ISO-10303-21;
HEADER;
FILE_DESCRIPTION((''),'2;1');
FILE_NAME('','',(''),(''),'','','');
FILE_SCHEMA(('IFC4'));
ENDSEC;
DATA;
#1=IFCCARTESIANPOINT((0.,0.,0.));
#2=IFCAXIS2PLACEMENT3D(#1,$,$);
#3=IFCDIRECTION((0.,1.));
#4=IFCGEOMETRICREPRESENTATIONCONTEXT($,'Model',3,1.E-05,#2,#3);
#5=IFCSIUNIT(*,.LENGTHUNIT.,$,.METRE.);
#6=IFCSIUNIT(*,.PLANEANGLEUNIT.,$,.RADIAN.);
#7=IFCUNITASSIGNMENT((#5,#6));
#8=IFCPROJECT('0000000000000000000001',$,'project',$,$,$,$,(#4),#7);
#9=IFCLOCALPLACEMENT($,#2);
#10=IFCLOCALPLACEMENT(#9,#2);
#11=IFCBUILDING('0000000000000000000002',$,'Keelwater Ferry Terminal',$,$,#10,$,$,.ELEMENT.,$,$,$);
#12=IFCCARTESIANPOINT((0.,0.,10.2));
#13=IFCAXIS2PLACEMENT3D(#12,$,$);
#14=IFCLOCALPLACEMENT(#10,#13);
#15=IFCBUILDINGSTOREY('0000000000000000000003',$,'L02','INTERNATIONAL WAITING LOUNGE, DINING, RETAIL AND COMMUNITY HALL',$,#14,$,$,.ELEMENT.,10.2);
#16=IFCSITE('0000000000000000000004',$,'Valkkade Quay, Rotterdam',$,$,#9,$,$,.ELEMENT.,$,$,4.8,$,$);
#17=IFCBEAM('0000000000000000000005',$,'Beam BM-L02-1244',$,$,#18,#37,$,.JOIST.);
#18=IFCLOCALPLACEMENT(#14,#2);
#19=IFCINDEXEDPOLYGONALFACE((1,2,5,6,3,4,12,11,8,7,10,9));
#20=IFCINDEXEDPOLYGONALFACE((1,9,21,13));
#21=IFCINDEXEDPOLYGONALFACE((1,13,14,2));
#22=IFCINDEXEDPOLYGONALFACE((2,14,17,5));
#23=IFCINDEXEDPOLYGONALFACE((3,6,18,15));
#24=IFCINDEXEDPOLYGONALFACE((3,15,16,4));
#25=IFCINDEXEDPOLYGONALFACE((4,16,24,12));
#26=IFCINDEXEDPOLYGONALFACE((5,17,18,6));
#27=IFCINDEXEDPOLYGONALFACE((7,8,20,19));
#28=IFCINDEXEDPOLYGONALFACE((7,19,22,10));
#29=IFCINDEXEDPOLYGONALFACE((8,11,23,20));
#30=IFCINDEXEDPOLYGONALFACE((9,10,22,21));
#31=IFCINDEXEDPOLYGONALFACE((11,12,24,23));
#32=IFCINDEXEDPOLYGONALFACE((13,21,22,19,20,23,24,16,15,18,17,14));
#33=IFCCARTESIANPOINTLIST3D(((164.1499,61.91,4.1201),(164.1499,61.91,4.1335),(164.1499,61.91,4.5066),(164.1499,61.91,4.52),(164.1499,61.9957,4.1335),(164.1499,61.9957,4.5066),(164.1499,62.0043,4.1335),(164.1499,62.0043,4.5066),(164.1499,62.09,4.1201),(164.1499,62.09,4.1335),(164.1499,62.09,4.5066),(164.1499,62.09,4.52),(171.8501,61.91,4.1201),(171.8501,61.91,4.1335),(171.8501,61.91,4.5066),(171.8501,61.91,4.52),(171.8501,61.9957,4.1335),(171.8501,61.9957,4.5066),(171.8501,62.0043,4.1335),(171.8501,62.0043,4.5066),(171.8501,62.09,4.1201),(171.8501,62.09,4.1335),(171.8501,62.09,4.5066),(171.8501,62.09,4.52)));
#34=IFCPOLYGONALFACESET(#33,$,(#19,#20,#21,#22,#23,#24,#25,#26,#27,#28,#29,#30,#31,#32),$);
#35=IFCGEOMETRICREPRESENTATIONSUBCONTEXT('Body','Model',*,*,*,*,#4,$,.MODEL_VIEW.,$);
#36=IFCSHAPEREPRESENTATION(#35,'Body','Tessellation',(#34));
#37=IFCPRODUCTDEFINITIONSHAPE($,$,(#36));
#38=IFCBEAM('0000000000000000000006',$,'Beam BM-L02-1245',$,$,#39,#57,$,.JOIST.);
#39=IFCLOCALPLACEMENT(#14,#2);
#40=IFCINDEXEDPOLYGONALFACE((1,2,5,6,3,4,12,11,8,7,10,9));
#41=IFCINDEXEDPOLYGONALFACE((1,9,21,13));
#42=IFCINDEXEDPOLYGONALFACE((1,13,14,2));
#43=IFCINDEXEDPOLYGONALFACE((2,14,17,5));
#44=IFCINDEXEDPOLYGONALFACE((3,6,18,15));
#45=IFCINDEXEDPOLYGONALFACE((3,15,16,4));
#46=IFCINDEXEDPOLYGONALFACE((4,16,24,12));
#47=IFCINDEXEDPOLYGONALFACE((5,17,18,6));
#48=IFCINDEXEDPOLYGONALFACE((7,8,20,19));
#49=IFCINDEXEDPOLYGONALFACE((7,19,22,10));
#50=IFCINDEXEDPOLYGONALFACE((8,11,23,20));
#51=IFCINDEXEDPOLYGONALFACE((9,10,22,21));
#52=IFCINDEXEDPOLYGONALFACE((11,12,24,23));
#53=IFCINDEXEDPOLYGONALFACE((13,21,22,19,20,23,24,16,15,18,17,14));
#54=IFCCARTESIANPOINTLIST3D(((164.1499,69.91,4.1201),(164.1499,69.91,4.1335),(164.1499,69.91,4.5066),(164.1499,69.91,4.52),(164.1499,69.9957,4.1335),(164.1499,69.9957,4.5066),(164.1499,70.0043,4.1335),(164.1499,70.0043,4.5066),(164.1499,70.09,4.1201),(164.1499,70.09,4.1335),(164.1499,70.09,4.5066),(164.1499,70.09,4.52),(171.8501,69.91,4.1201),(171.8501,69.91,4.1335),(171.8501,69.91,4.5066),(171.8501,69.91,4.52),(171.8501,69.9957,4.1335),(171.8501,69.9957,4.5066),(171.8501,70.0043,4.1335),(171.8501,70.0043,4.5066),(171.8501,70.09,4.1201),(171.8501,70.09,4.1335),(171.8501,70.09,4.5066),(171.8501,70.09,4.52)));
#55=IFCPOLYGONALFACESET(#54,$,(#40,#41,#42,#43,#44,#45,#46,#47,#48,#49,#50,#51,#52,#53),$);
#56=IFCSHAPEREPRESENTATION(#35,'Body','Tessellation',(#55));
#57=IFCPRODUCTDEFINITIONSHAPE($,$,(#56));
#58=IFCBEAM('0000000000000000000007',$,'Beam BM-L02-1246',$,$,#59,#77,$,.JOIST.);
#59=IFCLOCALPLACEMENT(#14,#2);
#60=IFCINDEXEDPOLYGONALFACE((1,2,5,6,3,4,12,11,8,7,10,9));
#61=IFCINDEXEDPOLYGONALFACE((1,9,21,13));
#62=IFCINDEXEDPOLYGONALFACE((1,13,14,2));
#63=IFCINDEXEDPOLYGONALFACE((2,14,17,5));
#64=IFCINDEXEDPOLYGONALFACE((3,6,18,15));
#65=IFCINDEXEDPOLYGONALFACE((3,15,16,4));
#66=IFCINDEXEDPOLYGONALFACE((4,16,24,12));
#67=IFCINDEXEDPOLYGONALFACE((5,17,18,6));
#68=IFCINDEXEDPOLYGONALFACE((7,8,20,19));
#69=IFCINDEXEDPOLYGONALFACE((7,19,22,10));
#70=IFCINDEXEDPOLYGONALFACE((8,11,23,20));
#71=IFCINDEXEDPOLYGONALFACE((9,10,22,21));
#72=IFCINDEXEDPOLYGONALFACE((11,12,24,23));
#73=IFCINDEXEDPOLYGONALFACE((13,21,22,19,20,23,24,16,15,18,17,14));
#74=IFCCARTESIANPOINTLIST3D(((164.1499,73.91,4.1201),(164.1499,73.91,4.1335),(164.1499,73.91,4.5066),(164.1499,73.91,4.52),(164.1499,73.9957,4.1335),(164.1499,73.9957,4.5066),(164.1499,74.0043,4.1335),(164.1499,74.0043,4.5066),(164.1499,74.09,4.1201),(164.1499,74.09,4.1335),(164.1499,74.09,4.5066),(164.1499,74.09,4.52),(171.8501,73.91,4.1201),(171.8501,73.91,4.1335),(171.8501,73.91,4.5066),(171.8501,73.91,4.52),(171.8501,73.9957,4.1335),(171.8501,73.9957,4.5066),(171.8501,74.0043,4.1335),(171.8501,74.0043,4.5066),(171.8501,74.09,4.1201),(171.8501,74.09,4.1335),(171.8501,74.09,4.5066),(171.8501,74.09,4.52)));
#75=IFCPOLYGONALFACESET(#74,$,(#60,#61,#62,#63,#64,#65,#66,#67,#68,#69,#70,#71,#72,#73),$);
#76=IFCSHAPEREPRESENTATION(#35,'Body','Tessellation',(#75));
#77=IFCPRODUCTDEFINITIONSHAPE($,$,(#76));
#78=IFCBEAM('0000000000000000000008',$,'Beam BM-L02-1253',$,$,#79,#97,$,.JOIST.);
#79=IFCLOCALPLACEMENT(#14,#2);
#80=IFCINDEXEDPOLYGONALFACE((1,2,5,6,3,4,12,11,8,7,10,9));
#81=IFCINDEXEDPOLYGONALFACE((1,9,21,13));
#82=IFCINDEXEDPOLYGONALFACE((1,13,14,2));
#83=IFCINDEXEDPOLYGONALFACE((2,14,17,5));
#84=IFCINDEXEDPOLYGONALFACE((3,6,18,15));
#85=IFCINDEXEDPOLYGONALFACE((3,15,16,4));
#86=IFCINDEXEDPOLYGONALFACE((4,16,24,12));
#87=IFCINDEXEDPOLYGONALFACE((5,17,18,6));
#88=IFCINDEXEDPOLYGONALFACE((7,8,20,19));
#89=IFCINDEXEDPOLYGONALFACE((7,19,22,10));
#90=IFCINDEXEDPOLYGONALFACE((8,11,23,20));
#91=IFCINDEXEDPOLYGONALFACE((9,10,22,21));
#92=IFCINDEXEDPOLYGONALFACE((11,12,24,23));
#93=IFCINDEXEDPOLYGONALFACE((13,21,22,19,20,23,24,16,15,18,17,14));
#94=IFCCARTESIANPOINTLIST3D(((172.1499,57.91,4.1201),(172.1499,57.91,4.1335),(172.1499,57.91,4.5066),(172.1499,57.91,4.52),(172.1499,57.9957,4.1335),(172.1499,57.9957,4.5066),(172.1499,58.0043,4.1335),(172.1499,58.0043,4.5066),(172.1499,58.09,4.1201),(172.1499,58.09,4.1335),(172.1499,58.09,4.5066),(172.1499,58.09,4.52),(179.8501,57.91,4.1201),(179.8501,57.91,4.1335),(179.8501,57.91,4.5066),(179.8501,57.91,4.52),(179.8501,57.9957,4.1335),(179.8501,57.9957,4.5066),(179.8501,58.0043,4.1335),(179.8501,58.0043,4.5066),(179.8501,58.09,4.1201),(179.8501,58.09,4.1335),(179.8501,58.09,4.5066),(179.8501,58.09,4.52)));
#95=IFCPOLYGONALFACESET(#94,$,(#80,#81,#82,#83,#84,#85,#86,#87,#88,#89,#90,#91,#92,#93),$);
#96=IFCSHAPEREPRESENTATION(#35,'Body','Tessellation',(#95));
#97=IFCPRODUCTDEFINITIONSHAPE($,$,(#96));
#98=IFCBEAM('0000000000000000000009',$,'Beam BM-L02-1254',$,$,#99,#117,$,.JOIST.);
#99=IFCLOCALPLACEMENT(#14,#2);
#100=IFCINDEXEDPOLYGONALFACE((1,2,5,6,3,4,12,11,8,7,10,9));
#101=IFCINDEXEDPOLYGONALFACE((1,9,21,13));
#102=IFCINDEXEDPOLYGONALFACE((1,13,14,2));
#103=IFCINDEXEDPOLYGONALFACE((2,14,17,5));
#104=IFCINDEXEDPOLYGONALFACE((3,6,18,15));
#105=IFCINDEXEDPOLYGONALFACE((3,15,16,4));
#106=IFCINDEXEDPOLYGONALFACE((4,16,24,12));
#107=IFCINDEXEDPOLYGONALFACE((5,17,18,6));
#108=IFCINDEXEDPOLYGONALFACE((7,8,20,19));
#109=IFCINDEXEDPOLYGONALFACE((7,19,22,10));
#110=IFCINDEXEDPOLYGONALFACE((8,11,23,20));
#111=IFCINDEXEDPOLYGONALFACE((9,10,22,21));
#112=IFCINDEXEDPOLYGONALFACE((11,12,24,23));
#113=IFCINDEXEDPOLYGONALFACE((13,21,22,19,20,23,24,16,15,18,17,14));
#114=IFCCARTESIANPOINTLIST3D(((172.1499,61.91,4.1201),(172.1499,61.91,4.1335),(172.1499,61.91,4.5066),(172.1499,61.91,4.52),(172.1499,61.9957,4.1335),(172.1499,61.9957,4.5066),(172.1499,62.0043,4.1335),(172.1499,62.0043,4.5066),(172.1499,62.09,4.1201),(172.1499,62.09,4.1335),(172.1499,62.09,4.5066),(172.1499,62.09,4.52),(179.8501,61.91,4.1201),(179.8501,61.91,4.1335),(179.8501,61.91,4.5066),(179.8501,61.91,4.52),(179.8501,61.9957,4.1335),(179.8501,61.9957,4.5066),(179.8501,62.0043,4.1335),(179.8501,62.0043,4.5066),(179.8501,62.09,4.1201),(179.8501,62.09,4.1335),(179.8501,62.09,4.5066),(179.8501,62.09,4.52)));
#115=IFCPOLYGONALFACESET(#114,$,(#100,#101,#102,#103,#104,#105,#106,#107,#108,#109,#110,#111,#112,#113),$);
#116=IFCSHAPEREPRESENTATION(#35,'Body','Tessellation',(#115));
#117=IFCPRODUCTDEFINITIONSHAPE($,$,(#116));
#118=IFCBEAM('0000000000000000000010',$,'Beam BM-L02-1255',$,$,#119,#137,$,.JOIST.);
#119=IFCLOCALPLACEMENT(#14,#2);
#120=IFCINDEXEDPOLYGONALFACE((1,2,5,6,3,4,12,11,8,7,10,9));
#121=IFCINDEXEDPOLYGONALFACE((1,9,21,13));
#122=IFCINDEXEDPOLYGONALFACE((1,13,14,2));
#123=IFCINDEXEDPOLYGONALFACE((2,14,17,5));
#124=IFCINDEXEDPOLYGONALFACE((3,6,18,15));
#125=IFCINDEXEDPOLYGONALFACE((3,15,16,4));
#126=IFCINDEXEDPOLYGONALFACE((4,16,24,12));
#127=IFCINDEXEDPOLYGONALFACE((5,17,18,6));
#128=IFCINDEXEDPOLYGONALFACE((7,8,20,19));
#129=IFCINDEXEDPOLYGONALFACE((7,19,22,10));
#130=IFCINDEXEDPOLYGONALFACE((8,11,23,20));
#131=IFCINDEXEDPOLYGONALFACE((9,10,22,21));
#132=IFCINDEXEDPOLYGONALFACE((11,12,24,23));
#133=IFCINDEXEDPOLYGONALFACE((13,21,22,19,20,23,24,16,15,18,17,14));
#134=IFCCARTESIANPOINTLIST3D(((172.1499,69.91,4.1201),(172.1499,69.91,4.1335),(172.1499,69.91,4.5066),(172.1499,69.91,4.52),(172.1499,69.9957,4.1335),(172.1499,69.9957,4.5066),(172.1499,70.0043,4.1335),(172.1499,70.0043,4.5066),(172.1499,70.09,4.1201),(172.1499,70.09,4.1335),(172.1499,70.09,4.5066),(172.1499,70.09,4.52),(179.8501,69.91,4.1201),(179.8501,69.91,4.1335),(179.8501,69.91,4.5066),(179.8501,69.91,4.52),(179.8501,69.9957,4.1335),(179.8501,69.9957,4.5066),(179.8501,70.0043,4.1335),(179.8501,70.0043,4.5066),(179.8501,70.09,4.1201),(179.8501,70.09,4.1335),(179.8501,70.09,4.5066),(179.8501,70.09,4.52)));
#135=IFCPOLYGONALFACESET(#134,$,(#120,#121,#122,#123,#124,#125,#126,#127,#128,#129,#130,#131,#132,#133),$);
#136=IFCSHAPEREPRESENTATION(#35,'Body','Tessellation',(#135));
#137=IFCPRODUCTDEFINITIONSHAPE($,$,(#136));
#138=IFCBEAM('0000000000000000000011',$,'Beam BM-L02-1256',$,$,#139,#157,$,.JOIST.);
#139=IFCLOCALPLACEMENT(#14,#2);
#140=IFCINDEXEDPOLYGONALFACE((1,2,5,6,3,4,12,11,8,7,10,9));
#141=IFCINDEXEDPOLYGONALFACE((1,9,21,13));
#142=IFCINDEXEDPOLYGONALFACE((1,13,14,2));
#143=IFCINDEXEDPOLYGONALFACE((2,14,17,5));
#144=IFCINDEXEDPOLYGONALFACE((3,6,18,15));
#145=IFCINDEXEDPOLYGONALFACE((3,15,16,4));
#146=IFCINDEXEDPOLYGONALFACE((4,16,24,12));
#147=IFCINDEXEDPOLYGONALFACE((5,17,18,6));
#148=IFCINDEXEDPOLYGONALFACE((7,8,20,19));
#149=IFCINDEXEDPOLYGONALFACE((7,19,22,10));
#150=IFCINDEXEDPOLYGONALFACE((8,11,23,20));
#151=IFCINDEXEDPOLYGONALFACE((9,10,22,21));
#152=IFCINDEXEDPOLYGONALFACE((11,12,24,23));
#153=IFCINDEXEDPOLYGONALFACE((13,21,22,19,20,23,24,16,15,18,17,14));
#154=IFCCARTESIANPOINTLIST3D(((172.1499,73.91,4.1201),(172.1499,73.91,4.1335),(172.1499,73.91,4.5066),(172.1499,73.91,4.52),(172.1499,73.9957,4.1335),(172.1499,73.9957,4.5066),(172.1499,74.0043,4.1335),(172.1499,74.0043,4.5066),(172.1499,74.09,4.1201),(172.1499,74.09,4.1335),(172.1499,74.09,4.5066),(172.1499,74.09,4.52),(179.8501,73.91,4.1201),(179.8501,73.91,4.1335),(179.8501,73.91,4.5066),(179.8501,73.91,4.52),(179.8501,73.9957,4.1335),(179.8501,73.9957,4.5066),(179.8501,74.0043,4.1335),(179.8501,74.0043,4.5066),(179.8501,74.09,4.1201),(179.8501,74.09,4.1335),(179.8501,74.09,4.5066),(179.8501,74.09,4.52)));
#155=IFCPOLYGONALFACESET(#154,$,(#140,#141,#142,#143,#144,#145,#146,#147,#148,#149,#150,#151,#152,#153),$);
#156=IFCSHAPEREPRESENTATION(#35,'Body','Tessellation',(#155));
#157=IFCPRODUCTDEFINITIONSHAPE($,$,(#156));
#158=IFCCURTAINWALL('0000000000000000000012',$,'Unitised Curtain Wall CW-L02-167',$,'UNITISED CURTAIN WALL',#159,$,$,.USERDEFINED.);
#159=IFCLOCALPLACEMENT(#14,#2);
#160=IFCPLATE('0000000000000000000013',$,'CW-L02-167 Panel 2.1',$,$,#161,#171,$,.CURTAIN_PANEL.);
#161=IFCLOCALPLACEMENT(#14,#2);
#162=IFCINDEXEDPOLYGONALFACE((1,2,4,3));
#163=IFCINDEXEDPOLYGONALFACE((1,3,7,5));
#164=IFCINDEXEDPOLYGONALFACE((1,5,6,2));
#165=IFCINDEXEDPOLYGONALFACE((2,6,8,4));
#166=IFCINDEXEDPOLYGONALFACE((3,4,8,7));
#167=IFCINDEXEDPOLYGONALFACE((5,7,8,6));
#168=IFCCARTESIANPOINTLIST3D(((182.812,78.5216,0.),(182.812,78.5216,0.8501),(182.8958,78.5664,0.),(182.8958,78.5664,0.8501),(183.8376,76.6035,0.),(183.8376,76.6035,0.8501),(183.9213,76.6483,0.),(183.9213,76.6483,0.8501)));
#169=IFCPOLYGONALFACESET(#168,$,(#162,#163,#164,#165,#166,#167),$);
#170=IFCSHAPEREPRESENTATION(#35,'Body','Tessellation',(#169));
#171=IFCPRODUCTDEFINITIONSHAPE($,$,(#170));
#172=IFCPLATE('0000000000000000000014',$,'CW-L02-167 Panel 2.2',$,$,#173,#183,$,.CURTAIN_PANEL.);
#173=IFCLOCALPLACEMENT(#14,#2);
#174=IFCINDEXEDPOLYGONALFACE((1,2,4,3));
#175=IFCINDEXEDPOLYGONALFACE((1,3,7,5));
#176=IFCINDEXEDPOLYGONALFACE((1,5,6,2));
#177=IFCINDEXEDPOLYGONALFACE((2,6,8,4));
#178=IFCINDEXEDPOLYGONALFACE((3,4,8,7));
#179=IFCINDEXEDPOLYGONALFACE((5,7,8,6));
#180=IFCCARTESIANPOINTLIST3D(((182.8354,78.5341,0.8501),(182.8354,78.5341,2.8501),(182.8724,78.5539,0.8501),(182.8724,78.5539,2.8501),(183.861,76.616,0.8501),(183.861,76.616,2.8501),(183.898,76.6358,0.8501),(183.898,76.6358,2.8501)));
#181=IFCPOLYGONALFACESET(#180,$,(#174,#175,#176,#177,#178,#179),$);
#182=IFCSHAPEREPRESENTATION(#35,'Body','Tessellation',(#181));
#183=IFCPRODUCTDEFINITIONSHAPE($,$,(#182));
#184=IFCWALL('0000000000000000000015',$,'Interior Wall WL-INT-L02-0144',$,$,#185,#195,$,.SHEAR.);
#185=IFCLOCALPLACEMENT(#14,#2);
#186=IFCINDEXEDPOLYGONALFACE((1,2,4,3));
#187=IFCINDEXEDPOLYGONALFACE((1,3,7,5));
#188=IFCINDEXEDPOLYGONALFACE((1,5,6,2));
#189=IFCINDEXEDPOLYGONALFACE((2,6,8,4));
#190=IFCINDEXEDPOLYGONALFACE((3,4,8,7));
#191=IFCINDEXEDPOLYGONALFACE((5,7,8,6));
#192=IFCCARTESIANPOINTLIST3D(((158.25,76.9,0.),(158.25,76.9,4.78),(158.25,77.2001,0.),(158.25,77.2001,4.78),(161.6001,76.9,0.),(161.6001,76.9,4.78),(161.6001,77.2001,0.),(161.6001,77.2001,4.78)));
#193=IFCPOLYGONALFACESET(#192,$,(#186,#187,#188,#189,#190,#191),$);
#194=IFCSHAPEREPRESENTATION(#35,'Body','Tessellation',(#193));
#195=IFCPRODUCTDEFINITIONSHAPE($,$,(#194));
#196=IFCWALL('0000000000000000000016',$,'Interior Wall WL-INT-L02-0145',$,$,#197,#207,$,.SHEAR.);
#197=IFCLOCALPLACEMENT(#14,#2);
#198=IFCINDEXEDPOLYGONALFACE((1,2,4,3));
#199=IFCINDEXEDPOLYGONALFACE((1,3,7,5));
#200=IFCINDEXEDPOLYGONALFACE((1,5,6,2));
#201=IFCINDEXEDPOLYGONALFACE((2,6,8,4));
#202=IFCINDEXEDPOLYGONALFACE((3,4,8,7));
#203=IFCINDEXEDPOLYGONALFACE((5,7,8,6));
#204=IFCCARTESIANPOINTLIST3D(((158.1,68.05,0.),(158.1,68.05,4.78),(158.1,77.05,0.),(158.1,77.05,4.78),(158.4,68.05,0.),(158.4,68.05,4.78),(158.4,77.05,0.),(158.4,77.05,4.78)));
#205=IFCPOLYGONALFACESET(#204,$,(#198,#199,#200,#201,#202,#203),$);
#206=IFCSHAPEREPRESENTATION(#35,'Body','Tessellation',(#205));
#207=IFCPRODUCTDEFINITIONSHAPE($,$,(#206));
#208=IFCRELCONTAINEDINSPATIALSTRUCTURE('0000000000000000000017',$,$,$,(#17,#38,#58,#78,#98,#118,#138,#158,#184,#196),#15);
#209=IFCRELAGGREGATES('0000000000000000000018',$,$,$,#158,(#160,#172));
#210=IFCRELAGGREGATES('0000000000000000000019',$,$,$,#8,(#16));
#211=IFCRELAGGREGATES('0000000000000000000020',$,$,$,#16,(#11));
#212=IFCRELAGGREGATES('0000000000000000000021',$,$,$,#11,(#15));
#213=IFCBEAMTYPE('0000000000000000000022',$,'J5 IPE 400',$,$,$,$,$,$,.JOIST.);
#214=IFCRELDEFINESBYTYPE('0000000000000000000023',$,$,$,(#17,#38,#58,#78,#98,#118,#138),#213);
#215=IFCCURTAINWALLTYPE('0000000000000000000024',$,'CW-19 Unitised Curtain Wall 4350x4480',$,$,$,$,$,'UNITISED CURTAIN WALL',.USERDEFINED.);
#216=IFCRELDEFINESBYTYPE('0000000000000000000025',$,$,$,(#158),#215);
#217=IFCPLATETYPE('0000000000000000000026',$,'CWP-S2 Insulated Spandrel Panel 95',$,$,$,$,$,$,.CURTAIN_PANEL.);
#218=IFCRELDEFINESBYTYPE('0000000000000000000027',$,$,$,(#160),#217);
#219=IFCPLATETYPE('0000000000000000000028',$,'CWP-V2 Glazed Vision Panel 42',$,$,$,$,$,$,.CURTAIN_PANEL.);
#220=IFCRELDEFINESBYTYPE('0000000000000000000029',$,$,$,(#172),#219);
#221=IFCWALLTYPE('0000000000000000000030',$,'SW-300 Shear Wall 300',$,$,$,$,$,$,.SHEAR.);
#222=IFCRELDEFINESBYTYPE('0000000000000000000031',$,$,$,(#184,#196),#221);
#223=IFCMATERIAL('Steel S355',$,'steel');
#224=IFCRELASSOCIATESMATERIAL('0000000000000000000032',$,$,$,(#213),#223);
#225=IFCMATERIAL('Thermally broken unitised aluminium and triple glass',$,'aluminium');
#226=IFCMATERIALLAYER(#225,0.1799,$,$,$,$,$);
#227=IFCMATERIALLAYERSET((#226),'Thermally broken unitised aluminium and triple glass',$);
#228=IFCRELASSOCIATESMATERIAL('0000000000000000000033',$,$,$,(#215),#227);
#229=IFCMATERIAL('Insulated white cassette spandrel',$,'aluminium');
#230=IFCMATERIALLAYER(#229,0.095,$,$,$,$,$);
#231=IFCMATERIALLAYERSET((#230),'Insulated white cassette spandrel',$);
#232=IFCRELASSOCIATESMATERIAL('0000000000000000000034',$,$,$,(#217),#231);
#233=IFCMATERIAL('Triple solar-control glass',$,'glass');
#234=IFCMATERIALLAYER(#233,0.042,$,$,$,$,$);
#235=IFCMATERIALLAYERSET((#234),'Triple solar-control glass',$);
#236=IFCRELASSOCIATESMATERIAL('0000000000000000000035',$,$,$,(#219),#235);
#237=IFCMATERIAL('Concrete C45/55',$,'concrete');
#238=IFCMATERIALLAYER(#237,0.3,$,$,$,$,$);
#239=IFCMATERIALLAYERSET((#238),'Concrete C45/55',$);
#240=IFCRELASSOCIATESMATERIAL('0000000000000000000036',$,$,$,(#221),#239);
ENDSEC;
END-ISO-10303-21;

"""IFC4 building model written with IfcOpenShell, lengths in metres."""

from ifc_helpers import new_model, si_unit, direction, frame, frame_2d, origin, origin_2d, place, context, subcontext, project, spatial, rectangle, i_section, extrude, material, layer, layer_set, material_profile, profile_set, type_object, element, aggregate, save


model = new_model("IFC4")

# Units and contexts
model_context = context("Model", 3, precision=1e-05, world=origin(), true_north=direction((0.0, 1.0)))
body_context = subcontext(model_context, "Body", "Model", "MODEL_VIEW")
ifc_project = project(units=[si_unit("LENGTHUNIT", "METRE"), si_unit("PLANEANGLEUNIT", "RADIAN")], contexts=[model_context])

# Site, building, storey
site_placement = place(None, origin())
site = spatial("IfcSite", under=ifc_project, at=site_placement, Name="Valkkade Quay, Rotterdam", CompositionType="ELEMENT", RefElevation=4.8)
building_placement = place(site_placement, origin())
building = spatial("IfcBuilding", under=site, at=building_placement, Name="Keelwater Ferry Terminal", CompositionType="ELEMENT")
storey_placement = place(building_placement, frame((0.0, 0.0, 10.2)))
storey = spatial("IfcBuildingStorey", under=building, at=storey_placement, Name="L02", Description="INTERNATIONAL WAITING LOUNGE, DINING, RETAIL AND COMMUNITY HALL", CompositionType="ELEMENT", Elevation=10.2)

# Beams
ifc_material_1 = material(Name="Steel S355", Category="steel")
ifc_material_profile_1 = material_profile(ifc_material_1, i_section(OverallWidth=0.1799, OverallDepth=0.3999, WebThickness=0.0085, FlangeThickness=0.0134, at=origin_2d()), Name="IPE 400")
ifc_profile_set_1 = profile_set([ifc_material_profile_1], Name="Steel S355")
beam_type_1 = type_object("IfcBeamType", Name="J5 IPE 400", PredefinedType="JOIST", material=ifc_profile_set_1)
for number, where, z_axis, x_axis, name in (
    (1, (164.1499, 62.0, 4.3201), (1.0, 0.0, 0.0), (0.0, 1.0, 0.0), "Beam BM-L02-1244"),
    (2, (164.1499, 70.0, 4.3201), (1.0, 0.0, 0.0), (0.0, 1.0, 0.0), "Beam BM-L02-1245"),
    (3, (164.1499, 74.0, 4.3201), (1.0, 0.0, 0.0), (0.0, 1.0, 0.0), "Beam BM-L02-1246"),
    (4, (172.1499, 58.0, 4.3201), (1.0, 0.0, 0.0), (0.0, 1.0, 0.0), "Beam BM-L02-1253"),
    (5, (172.1499, 62.0, 4.3201), (1.0, 0.0, 0.0), (0.0, 1.0, 0.0), "Beam BM-L02-1254"),
    (6, (172.1499, 70.0, 4.3201), (1.0, 0.0, 0.0), (0.0, 1.0, 0.0), "Beam BM-L02-1255"),
    (7, (172.1499, 74.0, 4.3201), (1.0, 0.0, 0.0), (0.0, 1.0, 0.0), "Beam BM-L02-1256"),
):
    element("IfcBeam", number, at=place(storey_placement, frame(where, z_axis=z_axis, x_axis=x_axis)), inside=storey, type_object=beam_type_1, Name=name, PredefinedType="JOIST", context=body_context, shape_type="SweptSolid", body=[
        extrude(i_section(OverallWidth=0.1799, OverallDepth=0.3999, WebThickness=0.0085, FlangeThickness=0.0134, at=origin_2d()), origin(), (0.0, 0.0, 1.0), 7.7002),
    ])

# Curtain wall, plates
ifc_material_2 = material(Name="Thermally broken unitised aluminium and triple glass", Category="aluminium")
ifc_layer_1 = layer(ifc_material_2, 0.1799)
ifc_layer_set_1 = layer_set([ifc_layer_1], Name="Thermally broken unitised aluminium and triple glass")
curtain_wall_type = type_object("IfcCurtainWallType", Name="CW-19 Unitised Curtain Wall 4350x4480", ElementType="UNITISED CURTAIN WALL", PredefinedType="USERDEFINED", material=ifc_layer_set_1)
curtain_wall_placement = place(storey_placement, origin())
curtain_wall = element("IfcCurtainWall", 8, at=curtain_wall_placement, inside=storey, type_object=curtain_wall_type, Name="Unitised Curtain Wall CW-L02-167", ObjectType="UNITISED CURTAIN WALL", PredefinedType="USERDEFINED")
ifc_material_3 = material(Name="Insulated white cassette spandrel", Category="aluminium")
ifc_layer_2 = layer(ifc_material_3, 0.095)
ifc_layer_set_2 = layer_set([ifc_layer_2], Name="Insulated white cassette spandrel")
plate_type_1 = type_object("IfcPlateType", Name="CWP-S2 Insulated Spandrel Panel 95", PredefinedType="CURTAIN_PANEL", material=ifc_layer_set_2)
plate_1_placement = place(storey_placement, frame((183.3667, 77.585, 0.0), z_axis=(0.0, 0.0, 1.0), x_axis=(-0.471507, 0.881862, 0.0)))
plate_1 = element("IfcPlate", 9, at=plate_1_placement, type_object=plate_type_1, Name="CW-L02-167 Panel 2.1", PredefinedType="CURTAIN_PANEL", context=body_context, shape_type="SweptSolid", body=[
    extrude(rectangle(XDim=2.175, YDim=0.095, at=origin_2d()), origin(), (0.0, 0.0, 1.0), 0.8501),
])
ifc_material_4 = material(Name="Triple solar-control glass", Category="glass")
ifc_layer_3 = layer(ifc_material_4, 0.042)
ifc_layer_set_3 = layer_set([ifc_layer_3], Name="Triple solar-control glass")
plate_type_2 = type_object("IfcPlateType", Name="CWP-V2 Glazed Vision Panel 42", PredefinedType="CURTAIN_PANEL", material=ifc_layer_set_3)
plate_2_placement = place(storey_placement, frame((183.3667, 77.585, 0.8501), z_axis=(0.0, 0.0, 1.0), x_axis=(-0.471507, 0.881862, 0.0)))
plate_2 = element("IfcPlate", 10, at=plate_2_placement, type_object=plate_type_2, Name="CW-L02-167 Panel 2.2", PredefinedType="CURTAIN_PANEL", context=body_context, shape_type="SweptSolid", body=[
    extrude(rectangle(XDim=2.175, YDim=0.042, at=origin_2d()), origin(), (0.0, 0.0, 1.0), 2.0),
])
aggregate(curtain_wall, [plate_1, plate_2])

# Shared definitions
ifc_material_5 = material(Name="Concrete C45/55", Category="concrete")
ifc_layer_4 = layer(ifc_material_5, 0.3)
ifc_layer_set_4 = layer_set([ifc_layer_4], Name="Concrete C45/55")
wall_type = type_object("IfcWallType", Name="SW-300 Shear Wall 300", PredefinedType="SHEAR", material=ifc_layer_set_4)

# Walls
wall_1_placement = place(storey_placement, frame((158.25, 77.05, 0.0), z_axis=(0.0, 0.0, 1.0), x_axis=(1.0, 0.0, 0.0)))
element("IfcWall", 11, at=wall_1_placement, inside=storey, type_object=wall_type, Name="Interior Wall WL-INT-L02-0144", PredefinedType="SHEAR", context=body_context, shape_type="SweptSolid", body=[
    extrude(rectangle(XDim=3.3501, YDim=0.3, at=frame_2d((1.675, 0.0))), origin(), (0.0, 0.0, 1.0), 4.78),
])
for number, where, z_axis, x_axis, name in (
    (12, (158.25, 68.05, 0.0), (0.0, 0.0, 1.0), (0.0, 1.0, 0.0), "Interior Wall WL-INT-L02-0145"),
):
    element("IfcWall", number, at=place(storey_placement, frame(where, z_axis=z_axis, x_axis=x_axis)), inside=storey, type_object=wall_type, Name=name, PredefinedType="SHEAR", context=body_context, shape_type="SweptSolid", body=[
        extrude(rectangle(XDim=9.0, YDim=0.3, at=frame_2d((4.5, 0.0))), origin(), (0.0, 0.0, 1.0), 4.78),
    ])

save(model, "model.ifc")
